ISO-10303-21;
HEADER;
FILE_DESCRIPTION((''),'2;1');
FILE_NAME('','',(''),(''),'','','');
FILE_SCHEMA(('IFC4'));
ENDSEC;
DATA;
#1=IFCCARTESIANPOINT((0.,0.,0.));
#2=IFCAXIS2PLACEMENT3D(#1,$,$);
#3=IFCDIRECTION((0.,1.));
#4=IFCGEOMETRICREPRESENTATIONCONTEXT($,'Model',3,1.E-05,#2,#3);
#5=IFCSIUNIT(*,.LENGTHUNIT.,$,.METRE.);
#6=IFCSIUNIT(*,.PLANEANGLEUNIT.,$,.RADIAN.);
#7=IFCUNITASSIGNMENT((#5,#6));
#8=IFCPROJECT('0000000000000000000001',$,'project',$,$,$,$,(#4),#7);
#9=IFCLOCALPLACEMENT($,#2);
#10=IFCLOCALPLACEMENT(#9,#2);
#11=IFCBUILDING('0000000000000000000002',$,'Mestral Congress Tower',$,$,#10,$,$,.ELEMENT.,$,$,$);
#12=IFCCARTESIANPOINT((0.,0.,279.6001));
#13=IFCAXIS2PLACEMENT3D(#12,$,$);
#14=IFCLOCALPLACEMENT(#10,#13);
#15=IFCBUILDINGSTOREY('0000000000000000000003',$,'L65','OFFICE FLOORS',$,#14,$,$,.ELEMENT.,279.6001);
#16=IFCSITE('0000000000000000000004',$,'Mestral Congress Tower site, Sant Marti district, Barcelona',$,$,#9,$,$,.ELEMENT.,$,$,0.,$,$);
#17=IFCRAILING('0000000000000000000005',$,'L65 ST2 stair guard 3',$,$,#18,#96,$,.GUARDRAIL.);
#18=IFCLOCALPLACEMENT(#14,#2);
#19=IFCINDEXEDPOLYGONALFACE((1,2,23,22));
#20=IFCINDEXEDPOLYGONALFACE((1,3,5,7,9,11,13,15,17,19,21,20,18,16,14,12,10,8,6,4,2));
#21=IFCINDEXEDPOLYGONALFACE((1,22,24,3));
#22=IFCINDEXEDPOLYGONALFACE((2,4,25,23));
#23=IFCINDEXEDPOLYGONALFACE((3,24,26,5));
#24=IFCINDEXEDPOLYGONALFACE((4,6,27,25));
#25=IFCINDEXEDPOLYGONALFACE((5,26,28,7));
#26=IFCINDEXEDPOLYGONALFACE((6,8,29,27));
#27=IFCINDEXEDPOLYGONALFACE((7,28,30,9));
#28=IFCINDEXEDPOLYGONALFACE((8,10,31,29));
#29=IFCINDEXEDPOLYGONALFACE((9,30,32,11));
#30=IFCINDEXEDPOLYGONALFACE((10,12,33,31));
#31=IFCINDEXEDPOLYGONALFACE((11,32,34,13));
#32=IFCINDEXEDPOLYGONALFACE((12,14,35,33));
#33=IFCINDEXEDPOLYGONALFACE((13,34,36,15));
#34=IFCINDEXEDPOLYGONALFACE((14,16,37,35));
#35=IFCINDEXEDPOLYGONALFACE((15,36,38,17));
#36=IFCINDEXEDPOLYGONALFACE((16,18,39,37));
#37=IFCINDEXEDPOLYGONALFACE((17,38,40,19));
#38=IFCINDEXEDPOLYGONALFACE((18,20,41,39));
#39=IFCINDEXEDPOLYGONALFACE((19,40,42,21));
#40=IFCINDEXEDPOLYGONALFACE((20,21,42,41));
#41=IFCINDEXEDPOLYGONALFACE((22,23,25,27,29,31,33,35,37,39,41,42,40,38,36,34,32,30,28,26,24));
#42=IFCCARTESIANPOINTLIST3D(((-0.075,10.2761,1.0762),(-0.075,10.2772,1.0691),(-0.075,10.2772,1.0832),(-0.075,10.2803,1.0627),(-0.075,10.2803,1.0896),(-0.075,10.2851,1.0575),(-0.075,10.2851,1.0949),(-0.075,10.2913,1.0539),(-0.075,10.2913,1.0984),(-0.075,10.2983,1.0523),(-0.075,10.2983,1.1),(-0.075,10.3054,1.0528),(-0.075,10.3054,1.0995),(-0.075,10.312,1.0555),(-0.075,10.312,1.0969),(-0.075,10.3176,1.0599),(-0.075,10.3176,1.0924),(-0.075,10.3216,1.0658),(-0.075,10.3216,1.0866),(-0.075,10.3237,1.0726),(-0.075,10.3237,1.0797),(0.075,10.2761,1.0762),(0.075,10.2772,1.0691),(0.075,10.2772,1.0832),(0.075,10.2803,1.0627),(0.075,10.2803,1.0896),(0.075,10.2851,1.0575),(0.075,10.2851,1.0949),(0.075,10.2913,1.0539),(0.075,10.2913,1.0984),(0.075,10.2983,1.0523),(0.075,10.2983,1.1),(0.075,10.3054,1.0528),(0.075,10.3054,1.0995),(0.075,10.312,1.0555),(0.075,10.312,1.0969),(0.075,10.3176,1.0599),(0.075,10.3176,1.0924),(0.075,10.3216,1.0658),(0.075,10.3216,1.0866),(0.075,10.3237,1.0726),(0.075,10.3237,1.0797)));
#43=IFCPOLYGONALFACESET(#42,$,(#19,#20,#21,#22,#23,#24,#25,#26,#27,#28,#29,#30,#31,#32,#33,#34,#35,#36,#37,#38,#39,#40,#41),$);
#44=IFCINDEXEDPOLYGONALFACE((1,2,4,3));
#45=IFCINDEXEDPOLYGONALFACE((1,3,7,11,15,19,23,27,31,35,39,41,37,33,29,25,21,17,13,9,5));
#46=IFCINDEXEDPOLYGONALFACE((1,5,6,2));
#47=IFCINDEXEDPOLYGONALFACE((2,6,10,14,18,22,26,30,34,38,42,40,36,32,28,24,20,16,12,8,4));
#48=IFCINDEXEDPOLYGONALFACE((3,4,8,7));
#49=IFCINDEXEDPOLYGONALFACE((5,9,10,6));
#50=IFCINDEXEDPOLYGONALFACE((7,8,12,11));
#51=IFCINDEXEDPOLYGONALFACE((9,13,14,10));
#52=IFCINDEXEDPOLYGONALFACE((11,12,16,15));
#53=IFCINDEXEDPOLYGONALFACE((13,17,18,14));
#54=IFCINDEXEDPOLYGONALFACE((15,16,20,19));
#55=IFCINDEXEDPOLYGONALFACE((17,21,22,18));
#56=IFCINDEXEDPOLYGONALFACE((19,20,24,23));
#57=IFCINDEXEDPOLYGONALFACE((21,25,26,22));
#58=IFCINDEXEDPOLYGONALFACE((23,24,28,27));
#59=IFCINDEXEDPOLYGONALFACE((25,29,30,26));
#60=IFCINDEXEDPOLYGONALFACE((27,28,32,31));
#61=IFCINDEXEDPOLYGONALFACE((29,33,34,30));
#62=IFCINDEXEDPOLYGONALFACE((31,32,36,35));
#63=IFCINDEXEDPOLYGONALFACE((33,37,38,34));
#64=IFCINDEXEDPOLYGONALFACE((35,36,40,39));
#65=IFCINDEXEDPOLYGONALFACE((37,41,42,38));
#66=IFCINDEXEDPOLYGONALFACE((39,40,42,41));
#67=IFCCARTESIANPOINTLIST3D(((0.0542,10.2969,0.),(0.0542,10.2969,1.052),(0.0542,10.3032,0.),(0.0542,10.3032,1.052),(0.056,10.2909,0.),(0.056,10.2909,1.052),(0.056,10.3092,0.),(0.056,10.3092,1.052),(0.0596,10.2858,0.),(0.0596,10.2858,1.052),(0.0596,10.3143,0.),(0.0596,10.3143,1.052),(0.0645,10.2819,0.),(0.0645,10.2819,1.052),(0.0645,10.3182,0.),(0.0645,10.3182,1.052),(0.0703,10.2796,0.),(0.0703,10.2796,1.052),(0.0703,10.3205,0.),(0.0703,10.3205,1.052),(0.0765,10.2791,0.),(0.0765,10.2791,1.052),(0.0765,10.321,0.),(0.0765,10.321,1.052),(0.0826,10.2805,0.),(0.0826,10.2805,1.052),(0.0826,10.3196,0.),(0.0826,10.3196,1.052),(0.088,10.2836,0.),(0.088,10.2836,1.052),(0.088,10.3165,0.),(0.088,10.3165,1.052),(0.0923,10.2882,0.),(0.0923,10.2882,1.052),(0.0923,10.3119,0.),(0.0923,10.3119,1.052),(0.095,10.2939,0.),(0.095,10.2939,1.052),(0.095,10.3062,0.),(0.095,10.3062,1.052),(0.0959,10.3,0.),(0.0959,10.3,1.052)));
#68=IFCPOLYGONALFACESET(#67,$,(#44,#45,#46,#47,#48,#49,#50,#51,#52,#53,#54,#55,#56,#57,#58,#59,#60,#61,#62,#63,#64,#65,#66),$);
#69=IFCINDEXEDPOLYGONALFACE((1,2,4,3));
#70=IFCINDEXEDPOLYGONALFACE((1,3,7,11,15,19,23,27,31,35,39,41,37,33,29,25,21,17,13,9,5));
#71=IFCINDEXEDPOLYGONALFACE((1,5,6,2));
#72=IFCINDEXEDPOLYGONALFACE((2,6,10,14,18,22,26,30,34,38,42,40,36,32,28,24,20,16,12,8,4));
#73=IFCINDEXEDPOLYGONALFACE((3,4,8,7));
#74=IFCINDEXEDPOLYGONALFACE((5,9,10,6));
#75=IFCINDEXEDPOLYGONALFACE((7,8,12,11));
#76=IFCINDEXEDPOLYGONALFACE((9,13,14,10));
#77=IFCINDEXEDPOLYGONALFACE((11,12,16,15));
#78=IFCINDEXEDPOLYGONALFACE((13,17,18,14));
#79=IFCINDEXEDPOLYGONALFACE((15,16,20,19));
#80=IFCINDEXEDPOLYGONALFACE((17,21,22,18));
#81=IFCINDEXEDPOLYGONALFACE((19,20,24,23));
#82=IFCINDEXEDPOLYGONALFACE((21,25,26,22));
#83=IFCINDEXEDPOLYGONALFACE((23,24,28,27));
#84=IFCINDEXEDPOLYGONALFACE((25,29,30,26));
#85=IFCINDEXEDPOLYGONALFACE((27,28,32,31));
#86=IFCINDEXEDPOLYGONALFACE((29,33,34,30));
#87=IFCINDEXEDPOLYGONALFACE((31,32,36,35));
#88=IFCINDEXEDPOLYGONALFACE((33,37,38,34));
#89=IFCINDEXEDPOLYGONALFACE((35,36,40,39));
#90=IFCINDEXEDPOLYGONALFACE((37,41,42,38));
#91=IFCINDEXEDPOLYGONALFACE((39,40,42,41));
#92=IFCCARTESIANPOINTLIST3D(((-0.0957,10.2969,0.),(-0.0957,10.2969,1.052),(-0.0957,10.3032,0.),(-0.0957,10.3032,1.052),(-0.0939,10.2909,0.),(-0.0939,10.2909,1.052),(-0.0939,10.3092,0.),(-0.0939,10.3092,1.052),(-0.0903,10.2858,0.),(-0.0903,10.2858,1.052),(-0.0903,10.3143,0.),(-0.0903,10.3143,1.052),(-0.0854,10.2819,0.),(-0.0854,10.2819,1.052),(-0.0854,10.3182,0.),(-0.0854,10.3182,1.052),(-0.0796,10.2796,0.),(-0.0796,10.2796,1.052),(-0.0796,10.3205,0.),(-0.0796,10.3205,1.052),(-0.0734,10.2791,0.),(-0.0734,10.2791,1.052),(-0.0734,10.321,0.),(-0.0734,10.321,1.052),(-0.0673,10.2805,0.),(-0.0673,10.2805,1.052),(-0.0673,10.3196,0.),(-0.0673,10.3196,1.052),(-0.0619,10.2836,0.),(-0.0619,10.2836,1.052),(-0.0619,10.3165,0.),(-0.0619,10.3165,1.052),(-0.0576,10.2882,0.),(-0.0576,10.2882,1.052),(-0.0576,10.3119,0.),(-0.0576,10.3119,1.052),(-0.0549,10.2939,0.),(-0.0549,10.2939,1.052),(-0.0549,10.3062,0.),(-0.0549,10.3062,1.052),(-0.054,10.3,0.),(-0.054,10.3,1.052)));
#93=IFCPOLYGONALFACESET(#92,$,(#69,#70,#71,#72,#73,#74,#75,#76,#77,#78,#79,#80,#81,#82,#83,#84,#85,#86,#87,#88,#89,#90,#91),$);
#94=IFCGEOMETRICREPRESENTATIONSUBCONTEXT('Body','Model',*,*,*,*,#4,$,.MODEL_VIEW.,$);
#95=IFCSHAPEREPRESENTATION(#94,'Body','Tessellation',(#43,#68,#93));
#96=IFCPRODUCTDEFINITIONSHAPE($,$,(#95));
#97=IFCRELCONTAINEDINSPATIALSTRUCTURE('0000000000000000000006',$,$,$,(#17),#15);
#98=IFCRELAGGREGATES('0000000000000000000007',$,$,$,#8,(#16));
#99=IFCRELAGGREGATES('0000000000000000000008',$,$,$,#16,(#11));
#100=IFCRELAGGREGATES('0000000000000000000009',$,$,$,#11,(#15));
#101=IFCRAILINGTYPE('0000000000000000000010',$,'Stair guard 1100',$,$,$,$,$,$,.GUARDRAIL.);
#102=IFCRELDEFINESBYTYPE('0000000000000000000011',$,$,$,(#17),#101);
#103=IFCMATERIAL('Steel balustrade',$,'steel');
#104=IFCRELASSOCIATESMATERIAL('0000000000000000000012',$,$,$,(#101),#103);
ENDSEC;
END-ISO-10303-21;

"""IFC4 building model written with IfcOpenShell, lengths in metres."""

from ifc_helpers import new_model, si_unit, direction, frame, origin, origin_2d, place, context, subcontext, project, spatial, circle, extrude, material, type_object, element, save


model = new_model("IFC4")

# Units and contexts
model_context = context("Model", 3, precision=1e-05, world=origin(), true_north=direction((0.0, 1.0)))
body_context = subcontext(model_context, "Body", "Model", "MODEL_VIEW")
ifc_project = project(units=[si_unit("LENGTHUNIT", "METRE"), si_unit("PLANEANGLEUNIT", "RADIAN")], contexts=[model_context])

# Site, building, storey
site_placement = place(None, origin())
site = spatial("IfcSite", under=ifc_project, at=site_placement, Name="Mestral Congress Tower site, Sant Marti district, Barcelona", CompositionType="ELEMENT", RefElevation=0.0)
building_placement = place(site_placement, origin())
building = spatial("IfcBuilding", under=site, at=building_placement, Name="Mestral Congress Tower", CompositionType="ELEMENT")
storey_placement = place(building_placement, frame((0.0, 0.0, 279.6001)))
storey = spatial("IfcBuildingStorey", under=building, at=storey_placement, Name="L65", Description="OFFICE FLOORS", CompositionType="ELEMENT", Elevation=279.6001)

# Railing
ifc_material_1 = material(Name="Steel balustrade", Category="steel")
railing_type_1 = type_object("IfcRailingType", Name="Stair guard 1100", PredefinedType="GUARDRAIL", material=ifc_material_1)
railing_1_placement = place(storey_placement, frame((0.075, 10.3, 0.0)))
element("IfcRailing", 1, at=railing_1_placement, inside=storey, type_object=railing_type_1, Name="L65 ST2 stair guard 3", PredefinedType="GUARDRAIL", context=body_context, shape_type="SweptSolid", body=[
    extrude(circle(Radius=0.0239, at=origin_2d()), frame((0.0, 0.0, 1.0762), z_axis=(-1.0, 0.0, 0.0), x_axis=(0.0, -1.0, 0.0)), (0.0, 0.0, 1.0), 0.1499),
    extrude(circle(Radius=0.021, at=origin_2d()), origin(), (0.0, 0.0, 1.0), 1.052),
    extrude(circle(Radius=0.021, at=origin_2d()), frame((-0.1499, 0.0, 0.0)), (0.0, 0.0, 1.0), 1.052),
])

save(model, "model.ifc")
